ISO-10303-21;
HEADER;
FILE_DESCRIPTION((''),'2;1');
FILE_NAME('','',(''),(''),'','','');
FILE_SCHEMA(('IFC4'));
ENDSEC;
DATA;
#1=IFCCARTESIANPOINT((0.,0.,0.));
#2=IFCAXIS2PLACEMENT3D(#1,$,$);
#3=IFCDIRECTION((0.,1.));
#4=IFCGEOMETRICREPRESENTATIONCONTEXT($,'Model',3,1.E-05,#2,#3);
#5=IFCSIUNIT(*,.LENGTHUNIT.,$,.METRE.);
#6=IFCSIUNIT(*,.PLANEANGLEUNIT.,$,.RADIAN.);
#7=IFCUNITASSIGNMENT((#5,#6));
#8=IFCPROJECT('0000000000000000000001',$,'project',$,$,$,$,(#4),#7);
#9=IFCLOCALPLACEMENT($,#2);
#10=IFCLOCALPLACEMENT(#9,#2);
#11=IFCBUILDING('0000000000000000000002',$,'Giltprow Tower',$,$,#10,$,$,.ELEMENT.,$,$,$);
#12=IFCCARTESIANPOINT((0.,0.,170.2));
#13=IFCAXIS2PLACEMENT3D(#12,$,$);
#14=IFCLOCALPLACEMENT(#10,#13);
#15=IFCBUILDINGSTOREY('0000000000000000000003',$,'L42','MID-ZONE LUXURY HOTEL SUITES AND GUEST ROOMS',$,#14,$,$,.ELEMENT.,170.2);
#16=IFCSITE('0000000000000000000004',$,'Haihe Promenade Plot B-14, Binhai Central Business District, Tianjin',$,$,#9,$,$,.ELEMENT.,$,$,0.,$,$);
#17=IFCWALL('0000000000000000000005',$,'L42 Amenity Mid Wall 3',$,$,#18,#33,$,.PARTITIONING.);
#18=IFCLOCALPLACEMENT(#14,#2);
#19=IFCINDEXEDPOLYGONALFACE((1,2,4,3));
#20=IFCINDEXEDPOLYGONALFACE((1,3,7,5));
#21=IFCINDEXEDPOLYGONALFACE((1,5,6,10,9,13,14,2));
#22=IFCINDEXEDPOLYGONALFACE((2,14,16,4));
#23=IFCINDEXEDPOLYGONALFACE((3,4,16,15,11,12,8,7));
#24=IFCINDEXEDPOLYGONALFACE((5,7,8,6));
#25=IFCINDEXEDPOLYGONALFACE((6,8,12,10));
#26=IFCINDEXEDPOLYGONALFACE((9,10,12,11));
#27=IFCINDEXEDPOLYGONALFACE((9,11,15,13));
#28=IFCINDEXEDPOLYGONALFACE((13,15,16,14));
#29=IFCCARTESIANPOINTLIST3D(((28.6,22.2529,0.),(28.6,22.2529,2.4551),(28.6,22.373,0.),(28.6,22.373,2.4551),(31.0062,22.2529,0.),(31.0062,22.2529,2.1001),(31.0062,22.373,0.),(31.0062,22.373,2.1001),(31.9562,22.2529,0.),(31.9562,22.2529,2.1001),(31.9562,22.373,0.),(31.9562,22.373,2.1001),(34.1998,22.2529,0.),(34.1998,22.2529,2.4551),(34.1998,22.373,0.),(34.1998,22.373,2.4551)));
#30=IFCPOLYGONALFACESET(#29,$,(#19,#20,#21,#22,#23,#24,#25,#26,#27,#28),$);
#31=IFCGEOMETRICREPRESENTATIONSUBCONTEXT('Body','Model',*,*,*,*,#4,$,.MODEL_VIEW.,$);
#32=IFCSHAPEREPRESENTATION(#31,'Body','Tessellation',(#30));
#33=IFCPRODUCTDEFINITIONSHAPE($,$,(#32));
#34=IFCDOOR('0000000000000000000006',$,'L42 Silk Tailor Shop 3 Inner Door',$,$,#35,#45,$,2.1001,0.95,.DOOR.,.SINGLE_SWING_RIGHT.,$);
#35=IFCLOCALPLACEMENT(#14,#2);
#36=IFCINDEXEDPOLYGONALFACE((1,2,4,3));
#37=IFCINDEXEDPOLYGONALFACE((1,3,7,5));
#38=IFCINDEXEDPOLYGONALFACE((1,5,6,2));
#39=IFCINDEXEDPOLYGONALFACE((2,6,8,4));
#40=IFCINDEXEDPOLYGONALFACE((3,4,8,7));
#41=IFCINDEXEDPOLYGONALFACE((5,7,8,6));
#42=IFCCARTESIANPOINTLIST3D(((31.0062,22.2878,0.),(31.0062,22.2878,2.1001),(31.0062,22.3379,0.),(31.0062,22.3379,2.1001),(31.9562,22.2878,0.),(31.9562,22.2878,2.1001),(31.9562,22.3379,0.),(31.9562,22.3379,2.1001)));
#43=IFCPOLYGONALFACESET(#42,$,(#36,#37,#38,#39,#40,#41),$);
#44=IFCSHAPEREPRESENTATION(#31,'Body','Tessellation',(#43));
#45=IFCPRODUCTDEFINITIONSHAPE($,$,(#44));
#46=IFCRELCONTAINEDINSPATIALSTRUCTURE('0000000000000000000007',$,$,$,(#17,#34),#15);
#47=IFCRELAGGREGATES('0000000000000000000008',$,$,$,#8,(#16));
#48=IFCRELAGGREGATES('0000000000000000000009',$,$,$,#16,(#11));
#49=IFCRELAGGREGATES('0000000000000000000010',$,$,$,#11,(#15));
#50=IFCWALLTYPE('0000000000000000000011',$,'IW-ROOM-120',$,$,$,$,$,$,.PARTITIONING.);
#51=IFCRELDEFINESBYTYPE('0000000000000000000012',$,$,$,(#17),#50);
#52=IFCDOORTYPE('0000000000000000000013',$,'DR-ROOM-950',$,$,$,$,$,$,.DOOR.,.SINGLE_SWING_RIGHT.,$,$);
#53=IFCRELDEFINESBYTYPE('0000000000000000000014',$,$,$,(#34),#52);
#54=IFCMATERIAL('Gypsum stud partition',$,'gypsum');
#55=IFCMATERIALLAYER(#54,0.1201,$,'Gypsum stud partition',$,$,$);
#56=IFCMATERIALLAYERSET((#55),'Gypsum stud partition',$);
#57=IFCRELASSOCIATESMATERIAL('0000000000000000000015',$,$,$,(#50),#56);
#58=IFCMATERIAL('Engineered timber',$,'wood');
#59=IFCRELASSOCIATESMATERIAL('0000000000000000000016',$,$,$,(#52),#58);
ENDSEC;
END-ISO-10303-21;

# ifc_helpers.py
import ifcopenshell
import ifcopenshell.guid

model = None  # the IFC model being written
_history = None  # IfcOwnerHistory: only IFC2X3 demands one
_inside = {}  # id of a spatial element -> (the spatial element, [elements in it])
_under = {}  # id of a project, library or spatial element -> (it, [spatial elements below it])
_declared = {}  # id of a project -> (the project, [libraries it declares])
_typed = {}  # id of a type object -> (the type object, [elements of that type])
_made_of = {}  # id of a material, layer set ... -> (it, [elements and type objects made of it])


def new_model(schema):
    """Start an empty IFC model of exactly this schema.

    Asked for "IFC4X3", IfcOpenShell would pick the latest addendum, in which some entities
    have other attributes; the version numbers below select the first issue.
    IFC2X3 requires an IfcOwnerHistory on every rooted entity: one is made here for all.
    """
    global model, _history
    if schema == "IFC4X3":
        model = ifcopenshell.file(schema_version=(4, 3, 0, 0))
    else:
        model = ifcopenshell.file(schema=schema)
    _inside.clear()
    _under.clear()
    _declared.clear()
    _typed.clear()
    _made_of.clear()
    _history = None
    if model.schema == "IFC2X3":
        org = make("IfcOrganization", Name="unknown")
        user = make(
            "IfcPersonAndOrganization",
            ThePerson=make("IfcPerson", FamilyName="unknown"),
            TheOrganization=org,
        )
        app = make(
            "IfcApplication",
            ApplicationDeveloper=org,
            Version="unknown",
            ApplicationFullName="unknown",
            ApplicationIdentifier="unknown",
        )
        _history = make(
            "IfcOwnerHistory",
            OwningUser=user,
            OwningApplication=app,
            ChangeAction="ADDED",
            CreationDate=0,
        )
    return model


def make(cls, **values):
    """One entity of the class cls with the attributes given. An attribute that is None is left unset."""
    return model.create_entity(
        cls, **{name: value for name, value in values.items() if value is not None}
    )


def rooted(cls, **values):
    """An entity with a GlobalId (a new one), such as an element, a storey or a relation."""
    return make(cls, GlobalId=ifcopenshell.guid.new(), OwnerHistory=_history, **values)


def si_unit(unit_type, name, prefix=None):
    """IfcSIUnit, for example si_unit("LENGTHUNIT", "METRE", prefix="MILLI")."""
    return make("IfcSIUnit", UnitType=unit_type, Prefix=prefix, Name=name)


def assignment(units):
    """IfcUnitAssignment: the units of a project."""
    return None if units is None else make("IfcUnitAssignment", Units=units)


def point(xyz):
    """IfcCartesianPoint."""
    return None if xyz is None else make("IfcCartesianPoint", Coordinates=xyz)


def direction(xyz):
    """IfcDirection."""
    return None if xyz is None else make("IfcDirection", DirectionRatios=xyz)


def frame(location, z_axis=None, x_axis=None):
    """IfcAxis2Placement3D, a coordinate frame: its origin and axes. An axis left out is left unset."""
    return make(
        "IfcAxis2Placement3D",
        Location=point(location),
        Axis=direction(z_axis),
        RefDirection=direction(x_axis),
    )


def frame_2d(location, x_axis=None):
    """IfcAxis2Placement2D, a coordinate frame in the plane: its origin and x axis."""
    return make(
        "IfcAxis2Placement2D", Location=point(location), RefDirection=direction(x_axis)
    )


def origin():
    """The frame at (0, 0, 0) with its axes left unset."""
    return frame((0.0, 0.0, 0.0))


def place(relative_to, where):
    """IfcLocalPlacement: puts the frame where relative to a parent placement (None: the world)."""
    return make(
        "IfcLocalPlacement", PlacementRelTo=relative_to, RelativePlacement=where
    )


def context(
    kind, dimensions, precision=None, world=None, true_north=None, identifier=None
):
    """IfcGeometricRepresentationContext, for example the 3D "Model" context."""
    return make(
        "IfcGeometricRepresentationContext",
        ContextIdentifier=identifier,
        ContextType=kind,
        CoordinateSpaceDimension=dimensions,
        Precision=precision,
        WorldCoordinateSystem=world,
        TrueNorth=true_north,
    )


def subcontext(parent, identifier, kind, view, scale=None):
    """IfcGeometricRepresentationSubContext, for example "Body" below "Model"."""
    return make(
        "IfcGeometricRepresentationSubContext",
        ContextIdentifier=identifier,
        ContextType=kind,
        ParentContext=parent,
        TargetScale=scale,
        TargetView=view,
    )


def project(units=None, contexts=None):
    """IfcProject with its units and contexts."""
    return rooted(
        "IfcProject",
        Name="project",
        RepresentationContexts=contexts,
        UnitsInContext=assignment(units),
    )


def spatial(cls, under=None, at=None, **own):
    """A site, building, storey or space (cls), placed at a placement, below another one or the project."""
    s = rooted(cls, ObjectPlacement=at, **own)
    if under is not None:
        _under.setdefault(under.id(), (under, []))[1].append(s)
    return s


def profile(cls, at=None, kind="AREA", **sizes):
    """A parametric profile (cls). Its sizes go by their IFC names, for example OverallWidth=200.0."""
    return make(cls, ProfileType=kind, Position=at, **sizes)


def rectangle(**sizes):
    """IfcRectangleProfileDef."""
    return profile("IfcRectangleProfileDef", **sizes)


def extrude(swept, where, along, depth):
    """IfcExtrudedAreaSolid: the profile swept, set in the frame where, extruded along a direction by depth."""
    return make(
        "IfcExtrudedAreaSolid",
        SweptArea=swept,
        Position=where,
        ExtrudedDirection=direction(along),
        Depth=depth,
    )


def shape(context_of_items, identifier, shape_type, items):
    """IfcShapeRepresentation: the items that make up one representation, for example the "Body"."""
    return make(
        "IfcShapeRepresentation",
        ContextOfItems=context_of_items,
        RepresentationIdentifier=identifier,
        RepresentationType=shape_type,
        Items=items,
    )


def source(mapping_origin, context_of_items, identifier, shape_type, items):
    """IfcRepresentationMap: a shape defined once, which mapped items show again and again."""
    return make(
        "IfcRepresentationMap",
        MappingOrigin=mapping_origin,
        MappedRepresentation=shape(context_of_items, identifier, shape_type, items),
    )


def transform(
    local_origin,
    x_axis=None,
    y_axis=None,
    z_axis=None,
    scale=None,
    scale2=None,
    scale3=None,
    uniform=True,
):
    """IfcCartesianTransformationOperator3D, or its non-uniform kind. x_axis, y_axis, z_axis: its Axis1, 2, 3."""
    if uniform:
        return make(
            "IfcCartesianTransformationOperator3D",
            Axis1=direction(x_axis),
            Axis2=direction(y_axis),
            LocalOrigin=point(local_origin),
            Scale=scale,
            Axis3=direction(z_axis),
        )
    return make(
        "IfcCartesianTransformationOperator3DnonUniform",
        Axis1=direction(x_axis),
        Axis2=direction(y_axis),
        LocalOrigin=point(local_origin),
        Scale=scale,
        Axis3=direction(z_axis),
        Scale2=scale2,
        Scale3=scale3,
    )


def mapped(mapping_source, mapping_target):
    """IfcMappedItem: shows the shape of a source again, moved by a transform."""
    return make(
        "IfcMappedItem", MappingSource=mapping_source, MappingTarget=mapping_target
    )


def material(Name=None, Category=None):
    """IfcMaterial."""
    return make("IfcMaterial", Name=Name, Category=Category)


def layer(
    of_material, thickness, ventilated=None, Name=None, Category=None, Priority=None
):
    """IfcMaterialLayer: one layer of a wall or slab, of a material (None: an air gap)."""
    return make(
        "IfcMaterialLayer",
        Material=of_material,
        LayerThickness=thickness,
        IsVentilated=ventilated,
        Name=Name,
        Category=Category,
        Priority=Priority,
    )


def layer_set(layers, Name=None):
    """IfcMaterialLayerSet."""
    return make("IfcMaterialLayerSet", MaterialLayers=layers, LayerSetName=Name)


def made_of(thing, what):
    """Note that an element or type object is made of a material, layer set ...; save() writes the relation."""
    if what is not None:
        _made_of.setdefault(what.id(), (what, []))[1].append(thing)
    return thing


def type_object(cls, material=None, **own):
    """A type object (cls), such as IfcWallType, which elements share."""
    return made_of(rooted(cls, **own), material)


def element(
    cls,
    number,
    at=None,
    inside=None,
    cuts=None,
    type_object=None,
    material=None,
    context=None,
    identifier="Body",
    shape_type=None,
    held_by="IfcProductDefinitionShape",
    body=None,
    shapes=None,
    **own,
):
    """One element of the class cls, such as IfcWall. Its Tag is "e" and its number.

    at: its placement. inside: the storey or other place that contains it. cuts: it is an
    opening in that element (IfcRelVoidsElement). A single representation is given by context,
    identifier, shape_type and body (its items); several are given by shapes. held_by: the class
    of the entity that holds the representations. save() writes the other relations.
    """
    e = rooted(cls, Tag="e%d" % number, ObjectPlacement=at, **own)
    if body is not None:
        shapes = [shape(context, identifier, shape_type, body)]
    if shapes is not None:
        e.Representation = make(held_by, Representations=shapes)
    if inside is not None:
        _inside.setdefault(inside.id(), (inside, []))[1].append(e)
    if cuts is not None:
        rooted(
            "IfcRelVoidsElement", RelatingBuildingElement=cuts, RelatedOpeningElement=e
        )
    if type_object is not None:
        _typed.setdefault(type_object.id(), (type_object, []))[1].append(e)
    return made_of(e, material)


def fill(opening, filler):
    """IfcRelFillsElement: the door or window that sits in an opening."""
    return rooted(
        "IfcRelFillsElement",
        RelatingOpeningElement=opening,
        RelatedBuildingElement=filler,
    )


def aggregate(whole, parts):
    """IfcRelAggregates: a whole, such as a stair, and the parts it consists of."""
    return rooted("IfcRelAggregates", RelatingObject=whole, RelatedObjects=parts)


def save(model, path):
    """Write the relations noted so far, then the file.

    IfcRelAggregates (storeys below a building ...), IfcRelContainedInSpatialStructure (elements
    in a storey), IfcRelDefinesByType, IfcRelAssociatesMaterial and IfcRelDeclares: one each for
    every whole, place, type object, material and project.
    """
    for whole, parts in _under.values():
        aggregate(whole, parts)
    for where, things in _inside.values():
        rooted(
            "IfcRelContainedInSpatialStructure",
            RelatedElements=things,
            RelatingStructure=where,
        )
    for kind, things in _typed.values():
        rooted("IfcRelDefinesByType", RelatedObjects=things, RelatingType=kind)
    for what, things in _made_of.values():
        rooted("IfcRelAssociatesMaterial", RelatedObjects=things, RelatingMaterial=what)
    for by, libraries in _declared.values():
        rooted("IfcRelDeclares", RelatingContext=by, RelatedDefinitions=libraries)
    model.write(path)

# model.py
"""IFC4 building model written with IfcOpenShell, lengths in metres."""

from ifc_helpers import new_model, si_unit, direction, frame, frame_2d, origin, place, context, subcontext, project, spatial, rectangle, extrude, source, transform, mapped, material, layer, layer_set, type_object, element, fill, save


model = new_model("IFC4")

# Units and contexts
model_context = context("Model", 3, precision=1e-05, world=origin(), true_north=direction((0.0, 1.0)))
body_context = subcontext(model_context, "Body", "Model", "MODEL_VIEW")
ifc_project = project(units=[si_unit("LENGTHUNIT", "METRE"), si_unit("PLANEANGLEUNIT", "RADIAN")], contexts=[model_context])

# Site, building, storey
site_placement = place(None, origin())
site = spatial("IfcSite", under=ifc_project, at=site_placement, Name="Haihe Promenade Plot B-14, Binhai Central Business District, Tianjin", CompositionType="ELEMENT", RefElevation=0.0)
building_placement = place(site_placement, origin())
building = spatial("IfcBuilding", under=site, at=building_placement, Name="Giltprow Tower", CompositionType="ELEMENT")
storey_placement = place(building_placement, frame((0.0, 0.0, 170.2)))
storey = spatial("IfcBuildingStorey", under=building, at=storey_placement, Name="L42", Description="MID-ZONE LUXURY HOTEL SUITES AND GUEST ROOMS", CompositionType="ELEMENT", Elevation=170.2)

# Shared definitions
ifc_material_1 = material(Name="Gypsum stud partition", Category="gypsum")

# Wall, opening, door
ifc_layer_1 = layer(ifc_material_1, 0.1201, Name="Gypsum stud partition")
ifc_layer_set_1 = layer_set([ifc_layer_1], Name="Gypsum stud partition")
wall_type_1 = type_object("IfcWallType", Name="IW-ROOM-120", PredefinedType="PARTITIONING", material=ifc_layer_set_1)
ifc_material_2 = material(Name="Engineered timber", Category="wood")
door_type = type_object("IfcDoorType", Name="DR-ROOM-950", OperationType="SINGLE_SWING_RIGHT", PredefinedType="DOOR", material=ifc_material_2)
shared_shape_1 = source(origin(), body_context, "Body", "SweptSolid", [
    extrude(rectangle(XDim=0.95, YDim=2.1001, at=frame_2d((0.4751, 1.05))), frame((0.0, 0.0249, 0.0), z_axis=(0.0, -1.0, 0.0), x_axis=(1.0, 0.0, 0.0)), (0.0, 0.0, 1.0), 0.05),
])
wall_1_placement = place(storey_placement, frame((28.6001, 22.313, 0.0), z_axis=(0.0, 0.0, 1.0), x_axis=(1.0, 0.0, 0.0)))
wall_1 = element("IfcWall", 1, at=wall_1_placement, inside=storey, type_object=wall_type_1, Name="L42 Amenity Mid Wall 3", PredefinedType="PARTITIONING", context=body_context, shape_type="SweptSolid", body=[
    extrude(rectangle(XDim=5.5999, YDim=0.1201, at=frame_2d((2.7998, 0.0))), origin(), (0.0, 0.0, 1.0), 2.4551),
])
opening_1_placement = place(wall_1_placement, frame((2.406, 0.0, 0.0)))
opening_1 = element("IfcOpeningElement", 2, at=opening_1_placement, cuts=wall_1, PredefinedType="OPENING", context=body_context, shape_type="SweptSolid", body=[
    extrude(rectangle(XDim=0.95, YDim=2.1001, at=frame_2d((0.4751, 1.05))), frame((0.0, 0.0701, 0.0), z_axis=(0.0, -1.0, 0.0), x_axis=(1.0, 0.0, 0.0)), (0.0, 0.0, 1.0), 0.1401),
])
door_1_placement = place(opening_1_placement, origin())
door_1 = element("IfcDoor", 3, at=door_1_placement, inside=storey, type_object=door_type, Name="L42 Silk Tailor Shop 3 Inner Door", OperationType="SINGLE_SWING_RIGHT", OverallHeight=2.1001, OverallWidth=0.95, PredefinedType="DOOR", context=body_context, shape_type="MappedRepresentation", body=[
    mapped(shared_shape_1, transform((0.0, 0.0, 0.0), x_axis=(1.0, 0.0, 0.0), y_axis=(0.0, 1.0, 0.0), z_axis=(0.0, 0.0, 1.0), scale=1.0)),
])
fill(opening_1, door_1)

save(model, "model.ifc")
